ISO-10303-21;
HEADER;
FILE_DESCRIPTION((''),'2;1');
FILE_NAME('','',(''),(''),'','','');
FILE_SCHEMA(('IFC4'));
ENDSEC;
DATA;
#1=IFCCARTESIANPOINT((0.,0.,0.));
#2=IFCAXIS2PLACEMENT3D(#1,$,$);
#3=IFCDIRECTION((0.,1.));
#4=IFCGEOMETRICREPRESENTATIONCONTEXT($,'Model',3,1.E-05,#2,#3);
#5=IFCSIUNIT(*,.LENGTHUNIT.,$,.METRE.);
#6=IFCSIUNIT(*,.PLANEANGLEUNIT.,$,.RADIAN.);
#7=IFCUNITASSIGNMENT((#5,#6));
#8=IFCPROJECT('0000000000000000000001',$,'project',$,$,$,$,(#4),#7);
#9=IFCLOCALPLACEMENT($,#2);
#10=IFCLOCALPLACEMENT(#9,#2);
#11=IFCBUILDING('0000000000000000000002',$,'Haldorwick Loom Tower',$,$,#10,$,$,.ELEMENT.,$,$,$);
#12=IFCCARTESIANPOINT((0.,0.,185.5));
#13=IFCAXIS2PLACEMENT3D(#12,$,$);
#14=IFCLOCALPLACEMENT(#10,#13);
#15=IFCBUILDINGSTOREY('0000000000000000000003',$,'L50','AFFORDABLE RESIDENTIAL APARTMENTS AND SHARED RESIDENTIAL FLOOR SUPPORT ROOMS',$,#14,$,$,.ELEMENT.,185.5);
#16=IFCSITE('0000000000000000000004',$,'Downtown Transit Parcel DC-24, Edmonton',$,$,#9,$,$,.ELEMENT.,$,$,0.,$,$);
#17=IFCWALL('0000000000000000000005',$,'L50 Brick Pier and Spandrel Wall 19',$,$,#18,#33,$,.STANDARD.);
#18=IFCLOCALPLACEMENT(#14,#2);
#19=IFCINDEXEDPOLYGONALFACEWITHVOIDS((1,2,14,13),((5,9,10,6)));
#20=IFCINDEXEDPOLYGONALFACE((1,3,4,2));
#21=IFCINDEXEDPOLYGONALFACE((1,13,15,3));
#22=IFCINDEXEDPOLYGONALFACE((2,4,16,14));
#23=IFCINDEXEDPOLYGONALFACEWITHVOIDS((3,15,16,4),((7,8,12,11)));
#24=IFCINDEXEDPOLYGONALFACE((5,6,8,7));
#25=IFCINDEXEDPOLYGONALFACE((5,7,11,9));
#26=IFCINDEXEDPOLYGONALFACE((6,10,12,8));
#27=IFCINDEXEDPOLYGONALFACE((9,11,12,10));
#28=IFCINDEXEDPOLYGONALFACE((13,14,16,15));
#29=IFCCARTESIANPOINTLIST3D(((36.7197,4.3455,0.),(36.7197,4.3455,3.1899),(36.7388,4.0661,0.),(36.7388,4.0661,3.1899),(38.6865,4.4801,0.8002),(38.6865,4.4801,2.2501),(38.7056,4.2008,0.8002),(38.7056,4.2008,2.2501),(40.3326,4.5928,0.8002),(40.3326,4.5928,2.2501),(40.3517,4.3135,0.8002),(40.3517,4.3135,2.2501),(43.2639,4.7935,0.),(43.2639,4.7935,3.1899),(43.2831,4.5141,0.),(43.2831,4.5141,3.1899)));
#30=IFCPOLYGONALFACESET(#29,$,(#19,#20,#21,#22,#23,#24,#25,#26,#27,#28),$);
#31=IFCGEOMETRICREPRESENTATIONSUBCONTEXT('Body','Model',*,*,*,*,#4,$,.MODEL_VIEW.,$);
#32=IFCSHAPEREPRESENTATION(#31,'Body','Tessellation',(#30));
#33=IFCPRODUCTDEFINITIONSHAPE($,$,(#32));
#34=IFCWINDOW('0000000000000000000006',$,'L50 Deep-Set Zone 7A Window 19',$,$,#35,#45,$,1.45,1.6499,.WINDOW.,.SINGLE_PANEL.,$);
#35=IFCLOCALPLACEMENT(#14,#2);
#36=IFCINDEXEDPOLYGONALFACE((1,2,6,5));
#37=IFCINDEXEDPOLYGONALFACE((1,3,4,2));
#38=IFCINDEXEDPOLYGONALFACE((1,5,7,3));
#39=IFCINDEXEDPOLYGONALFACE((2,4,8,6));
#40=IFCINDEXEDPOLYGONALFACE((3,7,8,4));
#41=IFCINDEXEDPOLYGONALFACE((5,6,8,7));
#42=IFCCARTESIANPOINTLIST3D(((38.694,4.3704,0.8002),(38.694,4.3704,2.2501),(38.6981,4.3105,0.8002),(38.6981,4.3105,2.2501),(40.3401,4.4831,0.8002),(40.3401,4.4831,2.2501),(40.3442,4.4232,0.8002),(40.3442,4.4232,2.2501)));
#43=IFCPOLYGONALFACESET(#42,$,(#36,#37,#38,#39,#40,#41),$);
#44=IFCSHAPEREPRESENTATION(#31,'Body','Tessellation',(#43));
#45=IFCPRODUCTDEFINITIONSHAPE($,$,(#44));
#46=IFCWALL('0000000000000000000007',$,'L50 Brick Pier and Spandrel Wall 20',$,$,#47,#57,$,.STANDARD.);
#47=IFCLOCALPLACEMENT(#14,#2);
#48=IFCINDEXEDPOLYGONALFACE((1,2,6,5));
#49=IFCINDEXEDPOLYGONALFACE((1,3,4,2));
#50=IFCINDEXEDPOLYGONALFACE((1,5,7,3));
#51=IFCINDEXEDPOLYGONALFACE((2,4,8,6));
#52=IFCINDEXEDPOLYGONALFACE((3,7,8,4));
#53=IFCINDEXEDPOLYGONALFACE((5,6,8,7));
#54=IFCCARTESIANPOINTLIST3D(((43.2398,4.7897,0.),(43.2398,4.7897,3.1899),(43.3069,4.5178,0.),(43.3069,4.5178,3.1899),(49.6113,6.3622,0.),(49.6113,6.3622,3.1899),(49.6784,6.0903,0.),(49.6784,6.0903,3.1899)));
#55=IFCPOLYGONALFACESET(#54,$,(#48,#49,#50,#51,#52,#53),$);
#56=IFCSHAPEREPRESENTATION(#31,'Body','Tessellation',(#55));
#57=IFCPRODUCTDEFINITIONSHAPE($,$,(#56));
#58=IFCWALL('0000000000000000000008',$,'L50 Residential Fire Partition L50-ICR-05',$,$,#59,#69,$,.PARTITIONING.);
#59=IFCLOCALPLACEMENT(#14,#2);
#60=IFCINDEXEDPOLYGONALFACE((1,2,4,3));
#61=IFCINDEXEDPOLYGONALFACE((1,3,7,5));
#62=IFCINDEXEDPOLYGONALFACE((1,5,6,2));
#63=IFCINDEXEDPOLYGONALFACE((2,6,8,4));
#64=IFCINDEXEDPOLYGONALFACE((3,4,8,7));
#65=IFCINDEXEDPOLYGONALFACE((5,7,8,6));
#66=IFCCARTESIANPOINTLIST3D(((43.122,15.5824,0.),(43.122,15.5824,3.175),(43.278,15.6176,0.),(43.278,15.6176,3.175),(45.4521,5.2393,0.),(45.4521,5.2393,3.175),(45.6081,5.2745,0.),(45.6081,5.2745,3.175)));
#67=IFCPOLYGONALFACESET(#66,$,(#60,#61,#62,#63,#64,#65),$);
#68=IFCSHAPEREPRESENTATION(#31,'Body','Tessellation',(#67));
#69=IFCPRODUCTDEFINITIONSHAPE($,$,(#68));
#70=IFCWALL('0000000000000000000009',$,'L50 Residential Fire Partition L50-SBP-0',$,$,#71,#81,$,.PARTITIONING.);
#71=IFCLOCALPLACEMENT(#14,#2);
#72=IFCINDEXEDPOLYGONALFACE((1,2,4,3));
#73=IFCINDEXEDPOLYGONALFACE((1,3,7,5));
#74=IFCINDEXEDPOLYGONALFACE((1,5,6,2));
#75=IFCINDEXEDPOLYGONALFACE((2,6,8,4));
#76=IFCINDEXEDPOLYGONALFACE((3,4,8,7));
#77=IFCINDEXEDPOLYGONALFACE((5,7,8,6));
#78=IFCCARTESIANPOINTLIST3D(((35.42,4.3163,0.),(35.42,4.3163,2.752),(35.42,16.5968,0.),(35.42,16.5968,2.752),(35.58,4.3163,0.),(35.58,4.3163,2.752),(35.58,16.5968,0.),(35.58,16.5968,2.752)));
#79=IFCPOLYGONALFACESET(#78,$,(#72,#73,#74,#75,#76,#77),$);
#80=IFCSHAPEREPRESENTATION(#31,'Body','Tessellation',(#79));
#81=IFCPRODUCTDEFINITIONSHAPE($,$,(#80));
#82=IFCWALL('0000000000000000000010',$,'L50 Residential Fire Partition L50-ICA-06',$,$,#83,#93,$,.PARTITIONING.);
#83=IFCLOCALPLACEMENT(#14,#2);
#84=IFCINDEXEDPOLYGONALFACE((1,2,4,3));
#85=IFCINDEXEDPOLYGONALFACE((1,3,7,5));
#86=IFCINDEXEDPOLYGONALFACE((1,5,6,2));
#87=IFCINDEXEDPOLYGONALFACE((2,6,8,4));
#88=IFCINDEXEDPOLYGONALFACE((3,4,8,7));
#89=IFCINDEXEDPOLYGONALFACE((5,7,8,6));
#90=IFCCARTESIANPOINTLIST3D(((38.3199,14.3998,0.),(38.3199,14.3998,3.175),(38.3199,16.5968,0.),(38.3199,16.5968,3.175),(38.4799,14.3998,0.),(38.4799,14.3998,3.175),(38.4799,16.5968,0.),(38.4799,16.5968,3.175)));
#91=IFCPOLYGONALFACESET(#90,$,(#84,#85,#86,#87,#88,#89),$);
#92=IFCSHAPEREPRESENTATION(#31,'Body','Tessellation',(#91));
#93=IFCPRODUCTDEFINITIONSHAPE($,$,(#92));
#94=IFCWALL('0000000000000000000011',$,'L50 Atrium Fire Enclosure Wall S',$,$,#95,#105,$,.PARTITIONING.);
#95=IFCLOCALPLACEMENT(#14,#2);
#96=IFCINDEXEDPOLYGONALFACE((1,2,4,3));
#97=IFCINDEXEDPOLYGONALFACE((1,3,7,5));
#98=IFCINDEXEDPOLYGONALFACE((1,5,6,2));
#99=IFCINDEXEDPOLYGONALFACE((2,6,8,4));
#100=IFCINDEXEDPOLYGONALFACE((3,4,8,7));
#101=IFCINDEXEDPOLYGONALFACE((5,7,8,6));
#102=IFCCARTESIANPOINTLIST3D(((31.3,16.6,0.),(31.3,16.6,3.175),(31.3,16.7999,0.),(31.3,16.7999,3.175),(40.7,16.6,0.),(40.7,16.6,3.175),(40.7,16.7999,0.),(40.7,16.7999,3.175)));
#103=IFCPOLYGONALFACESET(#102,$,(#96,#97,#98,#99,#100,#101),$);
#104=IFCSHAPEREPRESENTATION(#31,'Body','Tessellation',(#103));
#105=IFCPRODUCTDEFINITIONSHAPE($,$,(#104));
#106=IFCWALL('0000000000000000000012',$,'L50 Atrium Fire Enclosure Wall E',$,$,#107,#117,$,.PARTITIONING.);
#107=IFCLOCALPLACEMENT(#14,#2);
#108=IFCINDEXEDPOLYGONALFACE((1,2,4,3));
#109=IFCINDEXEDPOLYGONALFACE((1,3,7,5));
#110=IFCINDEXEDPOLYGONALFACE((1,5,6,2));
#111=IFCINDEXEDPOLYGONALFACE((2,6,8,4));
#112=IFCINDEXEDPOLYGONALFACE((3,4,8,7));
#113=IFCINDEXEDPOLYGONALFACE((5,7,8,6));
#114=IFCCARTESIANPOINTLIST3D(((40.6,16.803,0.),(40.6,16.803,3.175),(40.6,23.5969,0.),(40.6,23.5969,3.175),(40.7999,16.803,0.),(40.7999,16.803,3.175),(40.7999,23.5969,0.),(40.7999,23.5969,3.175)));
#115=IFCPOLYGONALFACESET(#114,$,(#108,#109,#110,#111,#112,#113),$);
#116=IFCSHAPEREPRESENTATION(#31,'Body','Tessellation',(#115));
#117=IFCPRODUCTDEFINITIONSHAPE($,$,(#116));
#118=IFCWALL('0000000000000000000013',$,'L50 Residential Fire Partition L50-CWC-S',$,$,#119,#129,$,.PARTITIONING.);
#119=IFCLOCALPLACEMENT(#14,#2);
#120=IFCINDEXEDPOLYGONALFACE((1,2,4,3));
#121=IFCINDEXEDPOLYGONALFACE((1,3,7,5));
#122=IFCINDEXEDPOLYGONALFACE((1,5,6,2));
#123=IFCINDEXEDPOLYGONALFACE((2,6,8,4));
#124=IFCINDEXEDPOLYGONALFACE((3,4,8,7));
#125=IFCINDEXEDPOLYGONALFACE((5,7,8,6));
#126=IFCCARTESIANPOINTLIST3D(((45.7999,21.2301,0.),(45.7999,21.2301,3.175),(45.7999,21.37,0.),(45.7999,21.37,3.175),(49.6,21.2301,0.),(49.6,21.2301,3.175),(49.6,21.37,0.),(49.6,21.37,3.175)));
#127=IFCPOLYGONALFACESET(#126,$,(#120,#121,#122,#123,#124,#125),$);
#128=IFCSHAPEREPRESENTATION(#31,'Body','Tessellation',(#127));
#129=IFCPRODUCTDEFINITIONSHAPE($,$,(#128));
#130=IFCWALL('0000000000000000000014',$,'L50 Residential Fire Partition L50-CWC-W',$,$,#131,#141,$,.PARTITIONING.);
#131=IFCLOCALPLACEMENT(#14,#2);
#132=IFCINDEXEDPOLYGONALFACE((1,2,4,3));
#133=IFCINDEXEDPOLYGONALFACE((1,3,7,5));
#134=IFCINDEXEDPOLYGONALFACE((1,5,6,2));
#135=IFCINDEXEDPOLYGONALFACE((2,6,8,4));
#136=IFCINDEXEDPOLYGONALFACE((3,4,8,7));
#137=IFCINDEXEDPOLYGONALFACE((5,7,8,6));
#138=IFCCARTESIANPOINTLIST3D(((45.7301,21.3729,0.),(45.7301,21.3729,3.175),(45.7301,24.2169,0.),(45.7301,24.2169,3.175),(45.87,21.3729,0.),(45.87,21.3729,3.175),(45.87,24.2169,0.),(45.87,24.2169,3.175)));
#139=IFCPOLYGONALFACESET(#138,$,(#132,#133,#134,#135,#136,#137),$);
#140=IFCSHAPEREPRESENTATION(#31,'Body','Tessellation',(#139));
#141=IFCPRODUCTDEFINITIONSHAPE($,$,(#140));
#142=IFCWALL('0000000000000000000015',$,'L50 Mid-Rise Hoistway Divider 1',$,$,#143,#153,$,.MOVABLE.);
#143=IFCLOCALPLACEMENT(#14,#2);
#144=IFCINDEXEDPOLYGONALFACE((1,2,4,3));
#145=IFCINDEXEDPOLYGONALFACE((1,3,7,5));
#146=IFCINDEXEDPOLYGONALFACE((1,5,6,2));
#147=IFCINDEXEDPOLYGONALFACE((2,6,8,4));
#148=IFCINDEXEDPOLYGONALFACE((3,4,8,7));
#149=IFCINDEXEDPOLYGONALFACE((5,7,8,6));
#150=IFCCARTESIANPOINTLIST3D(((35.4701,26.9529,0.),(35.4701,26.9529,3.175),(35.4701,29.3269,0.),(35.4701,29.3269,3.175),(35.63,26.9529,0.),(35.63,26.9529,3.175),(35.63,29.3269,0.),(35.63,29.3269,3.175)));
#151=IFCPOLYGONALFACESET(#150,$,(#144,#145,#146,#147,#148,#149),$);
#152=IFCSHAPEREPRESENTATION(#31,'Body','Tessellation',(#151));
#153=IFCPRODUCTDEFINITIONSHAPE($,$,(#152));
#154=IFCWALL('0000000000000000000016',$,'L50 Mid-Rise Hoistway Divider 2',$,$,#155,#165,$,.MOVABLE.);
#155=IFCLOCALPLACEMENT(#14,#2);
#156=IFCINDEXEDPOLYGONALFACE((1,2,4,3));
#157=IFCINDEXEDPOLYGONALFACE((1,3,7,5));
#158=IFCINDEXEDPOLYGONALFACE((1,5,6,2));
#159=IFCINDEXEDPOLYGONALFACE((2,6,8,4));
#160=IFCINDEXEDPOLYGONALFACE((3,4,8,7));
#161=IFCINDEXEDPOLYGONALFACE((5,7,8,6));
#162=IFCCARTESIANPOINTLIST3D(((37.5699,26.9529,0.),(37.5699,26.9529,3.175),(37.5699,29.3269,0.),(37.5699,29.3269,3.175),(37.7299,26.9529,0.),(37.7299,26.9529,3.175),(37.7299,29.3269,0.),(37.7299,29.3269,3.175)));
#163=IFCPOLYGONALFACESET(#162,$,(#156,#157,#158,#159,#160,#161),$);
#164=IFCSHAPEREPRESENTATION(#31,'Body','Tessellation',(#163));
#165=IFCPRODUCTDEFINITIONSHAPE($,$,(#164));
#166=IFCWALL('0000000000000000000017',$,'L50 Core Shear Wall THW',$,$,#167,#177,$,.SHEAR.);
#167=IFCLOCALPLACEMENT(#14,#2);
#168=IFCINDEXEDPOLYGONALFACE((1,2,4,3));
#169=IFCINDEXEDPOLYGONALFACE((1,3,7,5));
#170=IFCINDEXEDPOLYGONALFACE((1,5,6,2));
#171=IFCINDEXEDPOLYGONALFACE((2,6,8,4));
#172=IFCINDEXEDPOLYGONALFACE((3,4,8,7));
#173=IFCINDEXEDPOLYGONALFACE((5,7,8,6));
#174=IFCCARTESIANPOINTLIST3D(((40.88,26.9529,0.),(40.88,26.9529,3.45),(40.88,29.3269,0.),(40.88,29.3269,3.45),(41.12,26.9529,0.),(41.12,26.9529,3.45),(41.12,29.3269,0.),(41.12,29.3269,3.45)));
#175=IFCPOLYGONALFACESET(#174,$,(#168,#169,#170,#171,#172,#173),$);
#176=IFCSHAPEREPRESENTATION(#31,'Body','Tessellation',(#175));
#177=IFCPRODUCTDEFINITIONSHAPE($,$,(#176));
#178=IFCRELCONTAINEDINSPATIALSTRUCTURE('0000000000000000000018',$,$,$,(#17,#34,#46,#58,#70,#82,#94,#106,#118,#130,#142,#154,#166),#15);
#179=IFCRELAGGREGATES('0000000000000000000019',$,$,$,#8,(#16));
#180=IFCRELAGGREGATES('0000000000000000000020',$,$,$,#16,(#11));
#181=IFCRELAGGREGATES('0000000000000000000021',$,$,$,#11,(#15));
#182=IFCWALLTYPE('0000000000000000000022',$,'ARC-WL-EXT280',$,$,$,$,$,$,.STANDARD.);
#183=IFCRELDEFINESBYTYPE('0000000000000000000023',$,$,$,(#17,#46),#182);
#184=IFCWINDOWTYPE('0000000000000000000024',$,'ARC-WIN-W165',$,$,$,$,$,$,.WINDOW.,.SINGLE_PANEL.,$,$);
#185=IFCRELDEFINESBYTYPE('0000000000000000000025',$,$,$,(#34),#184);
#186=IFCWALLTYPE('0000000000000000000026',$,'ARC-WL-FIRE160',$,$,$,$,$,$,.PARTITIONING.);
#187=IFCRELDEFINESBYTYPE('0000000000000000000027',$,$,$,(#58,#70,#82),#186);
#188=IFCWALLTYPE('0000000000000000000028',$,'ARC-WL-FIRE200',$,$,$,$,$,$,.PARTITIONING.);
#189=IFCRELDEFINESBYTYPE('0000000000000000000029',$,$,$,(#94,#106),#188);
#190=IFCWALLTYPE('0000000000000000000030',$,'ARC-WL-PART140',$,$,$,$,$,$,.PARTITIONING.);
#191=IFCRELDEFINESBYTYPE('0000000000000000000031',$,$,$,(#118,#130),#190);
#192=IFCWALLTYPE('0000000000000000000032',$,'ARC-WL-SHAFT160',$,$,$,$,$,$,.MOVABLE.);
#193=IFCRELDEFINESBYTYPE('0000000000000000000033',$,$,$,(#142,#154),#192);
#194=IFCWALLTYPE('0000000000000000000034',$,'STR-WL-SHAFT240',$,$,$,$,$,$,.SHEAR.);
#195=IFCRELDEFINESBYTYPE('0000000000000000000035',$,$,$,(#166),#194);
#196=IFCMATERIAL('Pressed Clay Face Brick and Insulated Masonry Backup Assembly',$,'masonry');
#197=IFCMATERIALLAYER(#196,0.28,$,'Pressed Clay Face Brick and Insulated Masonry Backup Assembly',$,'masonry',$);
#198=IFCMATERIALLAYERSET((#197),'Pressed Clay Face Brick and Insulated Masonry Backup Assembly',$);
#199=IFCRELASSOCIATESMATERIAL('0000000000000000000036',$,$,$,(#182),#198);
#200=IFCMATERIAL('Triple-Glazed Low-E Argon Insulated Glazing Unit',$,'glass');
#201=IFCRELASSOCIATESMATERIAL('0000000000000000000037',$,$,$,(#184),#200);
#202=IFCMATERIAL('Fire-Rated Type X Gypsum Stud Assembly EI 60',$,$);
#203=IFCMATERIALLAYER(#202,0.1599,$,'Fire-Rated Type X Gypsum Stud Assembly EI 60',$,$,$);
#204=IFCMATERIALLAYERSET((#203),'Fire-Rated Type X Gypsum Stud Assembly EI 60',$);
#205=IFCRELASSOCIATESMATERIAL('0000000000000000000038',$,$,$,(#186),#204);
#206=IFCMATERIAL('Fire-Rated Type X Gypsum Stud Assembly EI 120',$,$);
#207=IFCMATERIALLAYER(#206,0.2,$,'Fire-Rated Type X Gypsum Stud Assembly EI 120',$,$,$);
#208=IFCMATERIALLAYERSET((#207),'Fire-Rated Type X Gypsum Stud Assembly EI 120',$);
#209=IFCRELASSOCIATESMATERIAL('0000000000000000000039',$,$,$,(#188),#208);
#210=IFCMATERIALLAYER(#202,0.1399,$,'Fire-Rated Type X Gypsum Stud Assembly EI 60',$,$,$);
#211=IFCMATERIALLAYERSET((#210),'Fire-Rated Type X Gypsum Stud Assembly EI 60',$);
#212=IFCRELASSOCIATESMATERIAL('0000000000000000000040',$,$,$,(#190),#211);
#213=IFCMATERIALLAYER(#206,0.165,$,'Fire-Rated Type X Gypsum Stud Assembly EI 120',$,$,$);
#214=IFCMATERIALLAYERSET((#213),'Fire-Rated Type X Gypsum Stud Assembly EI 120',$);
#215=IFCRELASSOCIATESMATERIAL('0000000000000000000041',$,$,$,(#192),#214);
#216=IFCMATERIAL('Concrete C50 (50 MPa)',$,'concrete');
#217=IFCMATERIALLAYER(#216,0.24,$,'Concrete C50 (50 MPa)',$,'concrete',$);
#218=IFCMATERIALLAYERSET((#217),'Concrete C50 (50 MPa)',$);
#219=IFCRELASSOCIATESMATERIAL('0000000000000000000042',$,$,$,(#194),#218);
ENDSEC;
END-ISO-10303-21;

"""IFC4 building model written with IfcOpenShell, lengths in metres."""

from ifc_helpers import new_model, si_unit, direction, frame, frame_2d, origin, place, context, subcontext, project, spatial, rectangle, extrude, material, layer, layer_set, type_object, element, fill, save


model = new_model("IFC4")

# Units and contexts
model_context = context("Model", 3, precision=1e-05, world=origin(), true_north=direction((0.0, 1.0)))
body_context = subcontext(model_context, "Body", "Model", "MODEL_VIEW")
ifc_project = project(units=[si_unit("LENGTHUNIT", "METRE"), si_unit("PLANEANGLEUNIT", "RADIAN")], contexts=[model_context])

# Site, building, storey
site_placement = place(None, origin())
site = spatial("IfcSite", under=ifc_project, at=site_placement, Name="Downtown Transit Parcel DC-24, Edmonton", CompositionType="ELEMENT", RefElevation=0.0)
building_placement = place(site_placement, origin())
building = spatial("IfcBuilding", under=site, at=building_placement, Name="Haldorwick Loom Tower", CompositionType="ELEMENT")
storey_placement = place(building_placement, frame((0.0, 0.0, 185.5)))
storey = spatial("IfcBuildingStorey", under=building, at=storey_placement, Name="L50", Description="AFFORDABLE RESIDENTIAL APARTMENTS AND SHARED RESIDENTIAL FLOOR SUPPORT ROOMS", CompositionType="ELEMENT", Elevation=185.5)

# Shared definitions
ifc_material_1 = material(Name="Concrete C50 (50 MPa)", Category="concrete")

# Wall, opening, window
ifc_material_2 = material(Name="Pressed Clay Face Brick and Insulated Masonry Backup Assembly", Category="masonry")
ifc_layer_1 = layer(ifc_material_2, 0.28, Name="Pressed Clay Face Brick and Insulated Masonry Backup Assembly", Category="masonry")
ifc_layer_set_1 = layer_set([ifc_layer_1], Name="Pressed Clay Face Brick and Insulated Masonry Backup Assembly")
wall_type_1 = type_object("IfcWallType", Name="ARC-WL-EXT280", PredefinedType="STANDARD", material=ifc_layer_set_1)
wall_1_placement = place(storey_placement, frame((36.7292, 4.2058, 0.0), z_axis=(0.0, 0.0, 1.0), x_axis=(0.997665, 0.068298, 0.0)))
wall_1 = element("IfcWall", 1, at=wall_1_placement, inside=storey, type_object=wall_type_1, Name="L50 Brick Pier and Spandrel Wall 19", PredefinedType="STANDARD", context=body_context, shape_type="SweptSolid", body=[
    extrude(rectangle(XDim=6.5596, YDim=0.28, at=frame_2d((3.2798, 0.0))), origin(), (0.0, 0.0, 1.0), 3.1899),
])
opening_placement = place(wall_1_placement, frame((1.9714, 0.0, 0.8)))
opening = element("IfcOpeningElement", 2, at=opening_placement, cuts=wall_1, PredefinedType="OPENING", context=body_context, shape_type="SweptSolid", body=[
    extrude(rectangle(XDim=1.6499, YDim=1.45, at=frame_2d((0.825, 0.7251))), frame((0.0, 0.1499, 0.0), z_axis=(0.0, -1.0, 0.0), x_axis=(1.0, 0.0, 0.0)), (0.0, 0.0, 1.0), 0.3),
])
ifc_material_3 = material(Name="Triple-Glazed Low-E Argon Insulated Glazing Unit", Category="glass")
window_type = type_object("IfcWindowType", Name="ARC-WIN-W165", PartitioningType="SINGLE_PANEL", PredefinedType="WINDOW", material=ifc_material_3)
window_placement = place(opening_placement, origin())
window = element("IfcWindow", 3, at=window_placement, inside=storey, type_object=window_type, Name="L50 Deep-Set Zone 7A Window 19", OverallHeight=1.45, OverallWidth=1.6499, PartitioningType="SINGLE_PANEL", PredefinedType="WINDOW", context=body_context, shape_type="SweptSolid", body=[
    extrude(rectangle(XDim=1.6499, YDim=1.45, at=frame_2d((0.825, 0.7251))), frame((0.0, 0.03, 0.0), z_axis=(0.0, -1.0, 0.0), x_axis=(1.0, 0.0, 0.0)), (0.0, 0.0, 1.0), 0.0601),
])
fill(opening, window)

# Walls
wall_2_placement = place(storey_placement, frame((43.2734, 4.6538, 0.0), z_axis=(0.0, 0.0, 1.0), x_axis=(0.970869, 0.239611, 0.0)))
element("IfcWall", 4, at=wall_2_placement, inside=storey, type_object=wall_type_1, Name="L50 Brick Pier and Spandrel Wall 20", PredefinedType="STANDARD", context=body_context, shape_type="SweptSolid", body=[
    extrude(rectangle(XDim=6.5627, YDim=0.28, at=frame_2d((3.2812, 0.0))), origin(), (0.0, 0.0, 1.0), 3.1899),
])
ifc_material_4 = material(Name="Fire-Rated Type X Gypsum Stud Assembly EI 60")
ifc_layer_2 = layer(ifc_material_4, 0.1599, Name="Fire-Rated Type X Gypsum Stud Assembly EI 60")
ifc_layer_set_2 = layer_set([ifc_layer_2], Name="Fire-Rated Type X Gypsum Stud Assembly EI 60")
wall_type_2 = type_object("IfcWallType", Name="ARC-WL-FIRE160", PredefinedType="PARTITIONING", material=ifc_layer_set_2)
wall_3_placement = place(storey_placement, frame((43.2, 15.6001, 0.0), z_axis=(0.0, 0.0, 1.0), x_axis=(0.219772, -0.975551, 0.0)))
element("IfcWall", 5, at=wall_3_placement, inside=storey, type_object=wall_type_2, Name="L50 Residential Fire Partition L50-ICR-05", PredefinedType="PARTITIONING", context=body_context, shape_type="SweptSolid", body=[
    extrude(rectangle(XDim=10.6023, YDim=0.1599, at=frame_2d((5.3013, 0.0))), origin(), (0.0, 0.0, 1.0), 3.175),
])
wall_4_placement = place(storey_placement, frame((35.5, 4.3164, 0.0), z_axis=(0.0, 0.0, 1.0), x_axis=(0.0, 1.0, 0.0)))
element("IfcWall", 6, at=wall_4_placement, inside=storey, type_object=wall_type_2, Name="L50 Residential Fire Partition L50-SBP-0", PredefinedType="PARTITIONING", context=body_context, shape_type="SweptSolid", body=[
    extrude(rectangle(XDim=12.2805, YDim=0.1599, at=frame_2d((6.1401, 0.0))), origin(), (0.0, 0.0, 1.0), 2.752),
])
wall_5_placement = place(storey_placement, frame((38.3999, 16.5969, 0.0), z_axis=(0.0, 0.0, 1.0), x_axis=(0.0, -1.0, 0.0)))
element("IfcWall", 7, at=wall_5_placement, inside=storey, type_object=wall_type_2, Name="L50 Residential Fire Partition L50-ICA-06", PredefinedType="PARTITIONING", context=body_context, shape_type="SweptSolid", body=[
    extrude(rectangle(XDim=2.197, YDim=0.1599, at=frame_2d((1.0986, 0.0))), origin(), (0.0, 0.0, 1.0), 3.175),
])
ifc_material_5 = material(Name="Fire-Rated Type X Gypsum Stud Assembly EI 120")
ifc_layer_3 = layer(ifc_material_5, 0.2, Name="Fire-Rated Type X Gypsum Stud Assembly EI 120")
ifc_layer_set_3 = layer_set([ifc_layer_3], Name="Fire-Rated Type X Gypsum Stud Assembly EI 120")
wall_type_3 = type_object("IfcWallType", Name="ARC-WL-FIRE200", PredefinedType="PARTITIONING", material=ifc_layer_set_3)
wall_6_placement = place(storey_placement, frame((40.7, 16.7, 0.0), z_axis=(0.0, 0.0, 1.0), x_axis=(-1.0, 0.0, 0.0)))
element("IfcWall", 8, at=wall_6_placement, inside=storey, type_object=wall_type_3, Name="L50 Atrium Fire Enclosure Wall S", PredefinedType="PARTITIONING", context=body_context, shape_type="SweptSolid", body=[
    extrude(rectangle(XDim=9.3999, YDim=0.2, at=frame_2d((4.7, 0.0))), origin(), (0.0, 0.0, 1.0), 3.175),
])
wall_7_placement = place(storey_placement, frame((40.7, 23.5969, 0.0), z_axis=(0.0, 0.0, 1.0), x_axis=(0.0, -1.0, 0.0)))
element("IfcWall", 9, at=wall_7_placement, inside=storey, type_object=wall_type_3, Name="L50 Atrium Fire Enclosure Wall E", PredefinedType="PARTITIONING", context=body_context, shape_type="SweptSolid", body=[
    extrude(rectangle(XDim=6.7939, YDim=0.2, at=frame_2d((3.397, 0.0))), origin(), (0.0, 0.0, 1.0), 3.175),
])
ifc_layer_4 = layer(ifc_material_4, 0.1399, Name="Fire-Rated Type X Gypsum Stud Assembly EI 60")
ifc_layer_set_4 = layer_set([ifc_layer_4], Name="Fire-Rated Type X Gypsum Stud Assembly EI 60")
wall_type_4 = type_object("IfcWallType", Name="ARC-WL-PART140", PredefinedType="PARTITIONING", material=ifc_layer_set_4)
wall_8_placement = place(storey_placement, frame((45.8, 21.3, 0.0), z_axis=(0.0, 0.0, 1.0), x_axis=(1.0, 0.0, 0.0)))
element("IfcWall", 10, at=wall_8_placement, inside=storey, type_object=wall_type_4, Name="L50 Residential Fire Partition L50-CWC-S", PredefinedType="PARTITIONING", context=body_context, shape_type="SweptSolid", body=[
    extrude(rectangle(XDim=3.8, YDim=0.1399, at=frame_2d((1.8999, 0.0))), origin(), (0.0, 0.0, 1.0), 3.175),
])
wall_9_placement = place(storey_placement, frame((45.8, 21.373, 0.0), z_axis=(0.0, 0.0, 1.0), x_axis=(0.0, 1.0, 0.0)))
element("IfcWall", 11, at=wall_9_placement, inside=storey, type_object=wall_type_4, Name="L50 Residential Fire Partition L50-CWC-W", PredefinedType="PARTITIONING", context=body_context, shape_type="SweptSolid", body=[
    extrude(rectangle(XDim=2.844, YDim=0.1399, at=frame_2d((1.4219, 0.0))), origin(), (0.0, 0.0, 1.0), 3.175),
])
ifc_layer_5 = layer(ifc_material_5, 0.165, Name="Fire-Rated Type X Gypsum Stud Assembly EI 120")
ifc_layer_set_5 = layer_set([ifc_layer_5], Name="Fire-Rated Type X Gypsum Stud Assembly EI 120")
wall_type_5 = type_object("IfcWallType", Name="ARC-WL-SHAFT160", PredefinedType="MOVABLE", material=ifc_layer_set_5)
for number, where, z_axis, x_axis, name in (
    (12, (35.55, 26.9529, 0.0), (0.0, 0.0, 1.0), (0.0, 1.0, 0.0), "L50 Mid-Rise Hoistway Divider 1"),
    (13, (37.6499, 26.9529, 0.0), (0.0, 0.0, 1.0), (0.0, 1.0, 0.0), "L50 Mid-Rise Hoistway Divider 2"),
):
    element("IfcWall", number, at=place(storey_placement, frame(where, z_axis=z_axis, x_axis=x_axis)), inside=storey, type_object=wall_type_5, Name=name, PredefinedType="MOVABLE", context=body_context, shape_type="SweptSolid", body=[
        extrude(rectangle(XDim=2.374, YDim=0.1599, at=frame_2d((1.187, 0.0))), origin(), (0.0, 0.0, 1.0), 3.175),
    ])
ifc_layer_6 = layer(ifc_material_1, 0.24, Name="Concrete C50 (50 MPa)", Category="concrete")
ifc_layer_set_6 = layer_set([ifc_layer_6], Name="Concrete C50 (50 MPa)")
wall_type_6 = type_object("IfcWallType", Name="STR-WL-SHAFT240", PredefinedType="SHEAR", material=ifc_layer_set_6)
for number, where, z_axis, x_axis, name in (
    (14, (41.0, 26.9529, 0.0), (0.0, 0.0, 1.0), (0.0, 1.0, 0.0), "L50 Core Shear Wall THW"),
):
    element("IfcWall", number, at=place(storey_placement, frame(where, z_axis=z_axis, x_axis=x_axis)), inside=storey, type_object=wall_type_6, Name=name, PredefinedType="SHEAR", context=body_context, shape_type="SweptSolid", body=[
        extrude(rectangle(XDim=2.374, YDim=0.24, at=frame_2d((1.187, 0.0))), origin(), (0.0, 0.0, 1.0), 3.45),
    ])

save(model, "model.ifc")
